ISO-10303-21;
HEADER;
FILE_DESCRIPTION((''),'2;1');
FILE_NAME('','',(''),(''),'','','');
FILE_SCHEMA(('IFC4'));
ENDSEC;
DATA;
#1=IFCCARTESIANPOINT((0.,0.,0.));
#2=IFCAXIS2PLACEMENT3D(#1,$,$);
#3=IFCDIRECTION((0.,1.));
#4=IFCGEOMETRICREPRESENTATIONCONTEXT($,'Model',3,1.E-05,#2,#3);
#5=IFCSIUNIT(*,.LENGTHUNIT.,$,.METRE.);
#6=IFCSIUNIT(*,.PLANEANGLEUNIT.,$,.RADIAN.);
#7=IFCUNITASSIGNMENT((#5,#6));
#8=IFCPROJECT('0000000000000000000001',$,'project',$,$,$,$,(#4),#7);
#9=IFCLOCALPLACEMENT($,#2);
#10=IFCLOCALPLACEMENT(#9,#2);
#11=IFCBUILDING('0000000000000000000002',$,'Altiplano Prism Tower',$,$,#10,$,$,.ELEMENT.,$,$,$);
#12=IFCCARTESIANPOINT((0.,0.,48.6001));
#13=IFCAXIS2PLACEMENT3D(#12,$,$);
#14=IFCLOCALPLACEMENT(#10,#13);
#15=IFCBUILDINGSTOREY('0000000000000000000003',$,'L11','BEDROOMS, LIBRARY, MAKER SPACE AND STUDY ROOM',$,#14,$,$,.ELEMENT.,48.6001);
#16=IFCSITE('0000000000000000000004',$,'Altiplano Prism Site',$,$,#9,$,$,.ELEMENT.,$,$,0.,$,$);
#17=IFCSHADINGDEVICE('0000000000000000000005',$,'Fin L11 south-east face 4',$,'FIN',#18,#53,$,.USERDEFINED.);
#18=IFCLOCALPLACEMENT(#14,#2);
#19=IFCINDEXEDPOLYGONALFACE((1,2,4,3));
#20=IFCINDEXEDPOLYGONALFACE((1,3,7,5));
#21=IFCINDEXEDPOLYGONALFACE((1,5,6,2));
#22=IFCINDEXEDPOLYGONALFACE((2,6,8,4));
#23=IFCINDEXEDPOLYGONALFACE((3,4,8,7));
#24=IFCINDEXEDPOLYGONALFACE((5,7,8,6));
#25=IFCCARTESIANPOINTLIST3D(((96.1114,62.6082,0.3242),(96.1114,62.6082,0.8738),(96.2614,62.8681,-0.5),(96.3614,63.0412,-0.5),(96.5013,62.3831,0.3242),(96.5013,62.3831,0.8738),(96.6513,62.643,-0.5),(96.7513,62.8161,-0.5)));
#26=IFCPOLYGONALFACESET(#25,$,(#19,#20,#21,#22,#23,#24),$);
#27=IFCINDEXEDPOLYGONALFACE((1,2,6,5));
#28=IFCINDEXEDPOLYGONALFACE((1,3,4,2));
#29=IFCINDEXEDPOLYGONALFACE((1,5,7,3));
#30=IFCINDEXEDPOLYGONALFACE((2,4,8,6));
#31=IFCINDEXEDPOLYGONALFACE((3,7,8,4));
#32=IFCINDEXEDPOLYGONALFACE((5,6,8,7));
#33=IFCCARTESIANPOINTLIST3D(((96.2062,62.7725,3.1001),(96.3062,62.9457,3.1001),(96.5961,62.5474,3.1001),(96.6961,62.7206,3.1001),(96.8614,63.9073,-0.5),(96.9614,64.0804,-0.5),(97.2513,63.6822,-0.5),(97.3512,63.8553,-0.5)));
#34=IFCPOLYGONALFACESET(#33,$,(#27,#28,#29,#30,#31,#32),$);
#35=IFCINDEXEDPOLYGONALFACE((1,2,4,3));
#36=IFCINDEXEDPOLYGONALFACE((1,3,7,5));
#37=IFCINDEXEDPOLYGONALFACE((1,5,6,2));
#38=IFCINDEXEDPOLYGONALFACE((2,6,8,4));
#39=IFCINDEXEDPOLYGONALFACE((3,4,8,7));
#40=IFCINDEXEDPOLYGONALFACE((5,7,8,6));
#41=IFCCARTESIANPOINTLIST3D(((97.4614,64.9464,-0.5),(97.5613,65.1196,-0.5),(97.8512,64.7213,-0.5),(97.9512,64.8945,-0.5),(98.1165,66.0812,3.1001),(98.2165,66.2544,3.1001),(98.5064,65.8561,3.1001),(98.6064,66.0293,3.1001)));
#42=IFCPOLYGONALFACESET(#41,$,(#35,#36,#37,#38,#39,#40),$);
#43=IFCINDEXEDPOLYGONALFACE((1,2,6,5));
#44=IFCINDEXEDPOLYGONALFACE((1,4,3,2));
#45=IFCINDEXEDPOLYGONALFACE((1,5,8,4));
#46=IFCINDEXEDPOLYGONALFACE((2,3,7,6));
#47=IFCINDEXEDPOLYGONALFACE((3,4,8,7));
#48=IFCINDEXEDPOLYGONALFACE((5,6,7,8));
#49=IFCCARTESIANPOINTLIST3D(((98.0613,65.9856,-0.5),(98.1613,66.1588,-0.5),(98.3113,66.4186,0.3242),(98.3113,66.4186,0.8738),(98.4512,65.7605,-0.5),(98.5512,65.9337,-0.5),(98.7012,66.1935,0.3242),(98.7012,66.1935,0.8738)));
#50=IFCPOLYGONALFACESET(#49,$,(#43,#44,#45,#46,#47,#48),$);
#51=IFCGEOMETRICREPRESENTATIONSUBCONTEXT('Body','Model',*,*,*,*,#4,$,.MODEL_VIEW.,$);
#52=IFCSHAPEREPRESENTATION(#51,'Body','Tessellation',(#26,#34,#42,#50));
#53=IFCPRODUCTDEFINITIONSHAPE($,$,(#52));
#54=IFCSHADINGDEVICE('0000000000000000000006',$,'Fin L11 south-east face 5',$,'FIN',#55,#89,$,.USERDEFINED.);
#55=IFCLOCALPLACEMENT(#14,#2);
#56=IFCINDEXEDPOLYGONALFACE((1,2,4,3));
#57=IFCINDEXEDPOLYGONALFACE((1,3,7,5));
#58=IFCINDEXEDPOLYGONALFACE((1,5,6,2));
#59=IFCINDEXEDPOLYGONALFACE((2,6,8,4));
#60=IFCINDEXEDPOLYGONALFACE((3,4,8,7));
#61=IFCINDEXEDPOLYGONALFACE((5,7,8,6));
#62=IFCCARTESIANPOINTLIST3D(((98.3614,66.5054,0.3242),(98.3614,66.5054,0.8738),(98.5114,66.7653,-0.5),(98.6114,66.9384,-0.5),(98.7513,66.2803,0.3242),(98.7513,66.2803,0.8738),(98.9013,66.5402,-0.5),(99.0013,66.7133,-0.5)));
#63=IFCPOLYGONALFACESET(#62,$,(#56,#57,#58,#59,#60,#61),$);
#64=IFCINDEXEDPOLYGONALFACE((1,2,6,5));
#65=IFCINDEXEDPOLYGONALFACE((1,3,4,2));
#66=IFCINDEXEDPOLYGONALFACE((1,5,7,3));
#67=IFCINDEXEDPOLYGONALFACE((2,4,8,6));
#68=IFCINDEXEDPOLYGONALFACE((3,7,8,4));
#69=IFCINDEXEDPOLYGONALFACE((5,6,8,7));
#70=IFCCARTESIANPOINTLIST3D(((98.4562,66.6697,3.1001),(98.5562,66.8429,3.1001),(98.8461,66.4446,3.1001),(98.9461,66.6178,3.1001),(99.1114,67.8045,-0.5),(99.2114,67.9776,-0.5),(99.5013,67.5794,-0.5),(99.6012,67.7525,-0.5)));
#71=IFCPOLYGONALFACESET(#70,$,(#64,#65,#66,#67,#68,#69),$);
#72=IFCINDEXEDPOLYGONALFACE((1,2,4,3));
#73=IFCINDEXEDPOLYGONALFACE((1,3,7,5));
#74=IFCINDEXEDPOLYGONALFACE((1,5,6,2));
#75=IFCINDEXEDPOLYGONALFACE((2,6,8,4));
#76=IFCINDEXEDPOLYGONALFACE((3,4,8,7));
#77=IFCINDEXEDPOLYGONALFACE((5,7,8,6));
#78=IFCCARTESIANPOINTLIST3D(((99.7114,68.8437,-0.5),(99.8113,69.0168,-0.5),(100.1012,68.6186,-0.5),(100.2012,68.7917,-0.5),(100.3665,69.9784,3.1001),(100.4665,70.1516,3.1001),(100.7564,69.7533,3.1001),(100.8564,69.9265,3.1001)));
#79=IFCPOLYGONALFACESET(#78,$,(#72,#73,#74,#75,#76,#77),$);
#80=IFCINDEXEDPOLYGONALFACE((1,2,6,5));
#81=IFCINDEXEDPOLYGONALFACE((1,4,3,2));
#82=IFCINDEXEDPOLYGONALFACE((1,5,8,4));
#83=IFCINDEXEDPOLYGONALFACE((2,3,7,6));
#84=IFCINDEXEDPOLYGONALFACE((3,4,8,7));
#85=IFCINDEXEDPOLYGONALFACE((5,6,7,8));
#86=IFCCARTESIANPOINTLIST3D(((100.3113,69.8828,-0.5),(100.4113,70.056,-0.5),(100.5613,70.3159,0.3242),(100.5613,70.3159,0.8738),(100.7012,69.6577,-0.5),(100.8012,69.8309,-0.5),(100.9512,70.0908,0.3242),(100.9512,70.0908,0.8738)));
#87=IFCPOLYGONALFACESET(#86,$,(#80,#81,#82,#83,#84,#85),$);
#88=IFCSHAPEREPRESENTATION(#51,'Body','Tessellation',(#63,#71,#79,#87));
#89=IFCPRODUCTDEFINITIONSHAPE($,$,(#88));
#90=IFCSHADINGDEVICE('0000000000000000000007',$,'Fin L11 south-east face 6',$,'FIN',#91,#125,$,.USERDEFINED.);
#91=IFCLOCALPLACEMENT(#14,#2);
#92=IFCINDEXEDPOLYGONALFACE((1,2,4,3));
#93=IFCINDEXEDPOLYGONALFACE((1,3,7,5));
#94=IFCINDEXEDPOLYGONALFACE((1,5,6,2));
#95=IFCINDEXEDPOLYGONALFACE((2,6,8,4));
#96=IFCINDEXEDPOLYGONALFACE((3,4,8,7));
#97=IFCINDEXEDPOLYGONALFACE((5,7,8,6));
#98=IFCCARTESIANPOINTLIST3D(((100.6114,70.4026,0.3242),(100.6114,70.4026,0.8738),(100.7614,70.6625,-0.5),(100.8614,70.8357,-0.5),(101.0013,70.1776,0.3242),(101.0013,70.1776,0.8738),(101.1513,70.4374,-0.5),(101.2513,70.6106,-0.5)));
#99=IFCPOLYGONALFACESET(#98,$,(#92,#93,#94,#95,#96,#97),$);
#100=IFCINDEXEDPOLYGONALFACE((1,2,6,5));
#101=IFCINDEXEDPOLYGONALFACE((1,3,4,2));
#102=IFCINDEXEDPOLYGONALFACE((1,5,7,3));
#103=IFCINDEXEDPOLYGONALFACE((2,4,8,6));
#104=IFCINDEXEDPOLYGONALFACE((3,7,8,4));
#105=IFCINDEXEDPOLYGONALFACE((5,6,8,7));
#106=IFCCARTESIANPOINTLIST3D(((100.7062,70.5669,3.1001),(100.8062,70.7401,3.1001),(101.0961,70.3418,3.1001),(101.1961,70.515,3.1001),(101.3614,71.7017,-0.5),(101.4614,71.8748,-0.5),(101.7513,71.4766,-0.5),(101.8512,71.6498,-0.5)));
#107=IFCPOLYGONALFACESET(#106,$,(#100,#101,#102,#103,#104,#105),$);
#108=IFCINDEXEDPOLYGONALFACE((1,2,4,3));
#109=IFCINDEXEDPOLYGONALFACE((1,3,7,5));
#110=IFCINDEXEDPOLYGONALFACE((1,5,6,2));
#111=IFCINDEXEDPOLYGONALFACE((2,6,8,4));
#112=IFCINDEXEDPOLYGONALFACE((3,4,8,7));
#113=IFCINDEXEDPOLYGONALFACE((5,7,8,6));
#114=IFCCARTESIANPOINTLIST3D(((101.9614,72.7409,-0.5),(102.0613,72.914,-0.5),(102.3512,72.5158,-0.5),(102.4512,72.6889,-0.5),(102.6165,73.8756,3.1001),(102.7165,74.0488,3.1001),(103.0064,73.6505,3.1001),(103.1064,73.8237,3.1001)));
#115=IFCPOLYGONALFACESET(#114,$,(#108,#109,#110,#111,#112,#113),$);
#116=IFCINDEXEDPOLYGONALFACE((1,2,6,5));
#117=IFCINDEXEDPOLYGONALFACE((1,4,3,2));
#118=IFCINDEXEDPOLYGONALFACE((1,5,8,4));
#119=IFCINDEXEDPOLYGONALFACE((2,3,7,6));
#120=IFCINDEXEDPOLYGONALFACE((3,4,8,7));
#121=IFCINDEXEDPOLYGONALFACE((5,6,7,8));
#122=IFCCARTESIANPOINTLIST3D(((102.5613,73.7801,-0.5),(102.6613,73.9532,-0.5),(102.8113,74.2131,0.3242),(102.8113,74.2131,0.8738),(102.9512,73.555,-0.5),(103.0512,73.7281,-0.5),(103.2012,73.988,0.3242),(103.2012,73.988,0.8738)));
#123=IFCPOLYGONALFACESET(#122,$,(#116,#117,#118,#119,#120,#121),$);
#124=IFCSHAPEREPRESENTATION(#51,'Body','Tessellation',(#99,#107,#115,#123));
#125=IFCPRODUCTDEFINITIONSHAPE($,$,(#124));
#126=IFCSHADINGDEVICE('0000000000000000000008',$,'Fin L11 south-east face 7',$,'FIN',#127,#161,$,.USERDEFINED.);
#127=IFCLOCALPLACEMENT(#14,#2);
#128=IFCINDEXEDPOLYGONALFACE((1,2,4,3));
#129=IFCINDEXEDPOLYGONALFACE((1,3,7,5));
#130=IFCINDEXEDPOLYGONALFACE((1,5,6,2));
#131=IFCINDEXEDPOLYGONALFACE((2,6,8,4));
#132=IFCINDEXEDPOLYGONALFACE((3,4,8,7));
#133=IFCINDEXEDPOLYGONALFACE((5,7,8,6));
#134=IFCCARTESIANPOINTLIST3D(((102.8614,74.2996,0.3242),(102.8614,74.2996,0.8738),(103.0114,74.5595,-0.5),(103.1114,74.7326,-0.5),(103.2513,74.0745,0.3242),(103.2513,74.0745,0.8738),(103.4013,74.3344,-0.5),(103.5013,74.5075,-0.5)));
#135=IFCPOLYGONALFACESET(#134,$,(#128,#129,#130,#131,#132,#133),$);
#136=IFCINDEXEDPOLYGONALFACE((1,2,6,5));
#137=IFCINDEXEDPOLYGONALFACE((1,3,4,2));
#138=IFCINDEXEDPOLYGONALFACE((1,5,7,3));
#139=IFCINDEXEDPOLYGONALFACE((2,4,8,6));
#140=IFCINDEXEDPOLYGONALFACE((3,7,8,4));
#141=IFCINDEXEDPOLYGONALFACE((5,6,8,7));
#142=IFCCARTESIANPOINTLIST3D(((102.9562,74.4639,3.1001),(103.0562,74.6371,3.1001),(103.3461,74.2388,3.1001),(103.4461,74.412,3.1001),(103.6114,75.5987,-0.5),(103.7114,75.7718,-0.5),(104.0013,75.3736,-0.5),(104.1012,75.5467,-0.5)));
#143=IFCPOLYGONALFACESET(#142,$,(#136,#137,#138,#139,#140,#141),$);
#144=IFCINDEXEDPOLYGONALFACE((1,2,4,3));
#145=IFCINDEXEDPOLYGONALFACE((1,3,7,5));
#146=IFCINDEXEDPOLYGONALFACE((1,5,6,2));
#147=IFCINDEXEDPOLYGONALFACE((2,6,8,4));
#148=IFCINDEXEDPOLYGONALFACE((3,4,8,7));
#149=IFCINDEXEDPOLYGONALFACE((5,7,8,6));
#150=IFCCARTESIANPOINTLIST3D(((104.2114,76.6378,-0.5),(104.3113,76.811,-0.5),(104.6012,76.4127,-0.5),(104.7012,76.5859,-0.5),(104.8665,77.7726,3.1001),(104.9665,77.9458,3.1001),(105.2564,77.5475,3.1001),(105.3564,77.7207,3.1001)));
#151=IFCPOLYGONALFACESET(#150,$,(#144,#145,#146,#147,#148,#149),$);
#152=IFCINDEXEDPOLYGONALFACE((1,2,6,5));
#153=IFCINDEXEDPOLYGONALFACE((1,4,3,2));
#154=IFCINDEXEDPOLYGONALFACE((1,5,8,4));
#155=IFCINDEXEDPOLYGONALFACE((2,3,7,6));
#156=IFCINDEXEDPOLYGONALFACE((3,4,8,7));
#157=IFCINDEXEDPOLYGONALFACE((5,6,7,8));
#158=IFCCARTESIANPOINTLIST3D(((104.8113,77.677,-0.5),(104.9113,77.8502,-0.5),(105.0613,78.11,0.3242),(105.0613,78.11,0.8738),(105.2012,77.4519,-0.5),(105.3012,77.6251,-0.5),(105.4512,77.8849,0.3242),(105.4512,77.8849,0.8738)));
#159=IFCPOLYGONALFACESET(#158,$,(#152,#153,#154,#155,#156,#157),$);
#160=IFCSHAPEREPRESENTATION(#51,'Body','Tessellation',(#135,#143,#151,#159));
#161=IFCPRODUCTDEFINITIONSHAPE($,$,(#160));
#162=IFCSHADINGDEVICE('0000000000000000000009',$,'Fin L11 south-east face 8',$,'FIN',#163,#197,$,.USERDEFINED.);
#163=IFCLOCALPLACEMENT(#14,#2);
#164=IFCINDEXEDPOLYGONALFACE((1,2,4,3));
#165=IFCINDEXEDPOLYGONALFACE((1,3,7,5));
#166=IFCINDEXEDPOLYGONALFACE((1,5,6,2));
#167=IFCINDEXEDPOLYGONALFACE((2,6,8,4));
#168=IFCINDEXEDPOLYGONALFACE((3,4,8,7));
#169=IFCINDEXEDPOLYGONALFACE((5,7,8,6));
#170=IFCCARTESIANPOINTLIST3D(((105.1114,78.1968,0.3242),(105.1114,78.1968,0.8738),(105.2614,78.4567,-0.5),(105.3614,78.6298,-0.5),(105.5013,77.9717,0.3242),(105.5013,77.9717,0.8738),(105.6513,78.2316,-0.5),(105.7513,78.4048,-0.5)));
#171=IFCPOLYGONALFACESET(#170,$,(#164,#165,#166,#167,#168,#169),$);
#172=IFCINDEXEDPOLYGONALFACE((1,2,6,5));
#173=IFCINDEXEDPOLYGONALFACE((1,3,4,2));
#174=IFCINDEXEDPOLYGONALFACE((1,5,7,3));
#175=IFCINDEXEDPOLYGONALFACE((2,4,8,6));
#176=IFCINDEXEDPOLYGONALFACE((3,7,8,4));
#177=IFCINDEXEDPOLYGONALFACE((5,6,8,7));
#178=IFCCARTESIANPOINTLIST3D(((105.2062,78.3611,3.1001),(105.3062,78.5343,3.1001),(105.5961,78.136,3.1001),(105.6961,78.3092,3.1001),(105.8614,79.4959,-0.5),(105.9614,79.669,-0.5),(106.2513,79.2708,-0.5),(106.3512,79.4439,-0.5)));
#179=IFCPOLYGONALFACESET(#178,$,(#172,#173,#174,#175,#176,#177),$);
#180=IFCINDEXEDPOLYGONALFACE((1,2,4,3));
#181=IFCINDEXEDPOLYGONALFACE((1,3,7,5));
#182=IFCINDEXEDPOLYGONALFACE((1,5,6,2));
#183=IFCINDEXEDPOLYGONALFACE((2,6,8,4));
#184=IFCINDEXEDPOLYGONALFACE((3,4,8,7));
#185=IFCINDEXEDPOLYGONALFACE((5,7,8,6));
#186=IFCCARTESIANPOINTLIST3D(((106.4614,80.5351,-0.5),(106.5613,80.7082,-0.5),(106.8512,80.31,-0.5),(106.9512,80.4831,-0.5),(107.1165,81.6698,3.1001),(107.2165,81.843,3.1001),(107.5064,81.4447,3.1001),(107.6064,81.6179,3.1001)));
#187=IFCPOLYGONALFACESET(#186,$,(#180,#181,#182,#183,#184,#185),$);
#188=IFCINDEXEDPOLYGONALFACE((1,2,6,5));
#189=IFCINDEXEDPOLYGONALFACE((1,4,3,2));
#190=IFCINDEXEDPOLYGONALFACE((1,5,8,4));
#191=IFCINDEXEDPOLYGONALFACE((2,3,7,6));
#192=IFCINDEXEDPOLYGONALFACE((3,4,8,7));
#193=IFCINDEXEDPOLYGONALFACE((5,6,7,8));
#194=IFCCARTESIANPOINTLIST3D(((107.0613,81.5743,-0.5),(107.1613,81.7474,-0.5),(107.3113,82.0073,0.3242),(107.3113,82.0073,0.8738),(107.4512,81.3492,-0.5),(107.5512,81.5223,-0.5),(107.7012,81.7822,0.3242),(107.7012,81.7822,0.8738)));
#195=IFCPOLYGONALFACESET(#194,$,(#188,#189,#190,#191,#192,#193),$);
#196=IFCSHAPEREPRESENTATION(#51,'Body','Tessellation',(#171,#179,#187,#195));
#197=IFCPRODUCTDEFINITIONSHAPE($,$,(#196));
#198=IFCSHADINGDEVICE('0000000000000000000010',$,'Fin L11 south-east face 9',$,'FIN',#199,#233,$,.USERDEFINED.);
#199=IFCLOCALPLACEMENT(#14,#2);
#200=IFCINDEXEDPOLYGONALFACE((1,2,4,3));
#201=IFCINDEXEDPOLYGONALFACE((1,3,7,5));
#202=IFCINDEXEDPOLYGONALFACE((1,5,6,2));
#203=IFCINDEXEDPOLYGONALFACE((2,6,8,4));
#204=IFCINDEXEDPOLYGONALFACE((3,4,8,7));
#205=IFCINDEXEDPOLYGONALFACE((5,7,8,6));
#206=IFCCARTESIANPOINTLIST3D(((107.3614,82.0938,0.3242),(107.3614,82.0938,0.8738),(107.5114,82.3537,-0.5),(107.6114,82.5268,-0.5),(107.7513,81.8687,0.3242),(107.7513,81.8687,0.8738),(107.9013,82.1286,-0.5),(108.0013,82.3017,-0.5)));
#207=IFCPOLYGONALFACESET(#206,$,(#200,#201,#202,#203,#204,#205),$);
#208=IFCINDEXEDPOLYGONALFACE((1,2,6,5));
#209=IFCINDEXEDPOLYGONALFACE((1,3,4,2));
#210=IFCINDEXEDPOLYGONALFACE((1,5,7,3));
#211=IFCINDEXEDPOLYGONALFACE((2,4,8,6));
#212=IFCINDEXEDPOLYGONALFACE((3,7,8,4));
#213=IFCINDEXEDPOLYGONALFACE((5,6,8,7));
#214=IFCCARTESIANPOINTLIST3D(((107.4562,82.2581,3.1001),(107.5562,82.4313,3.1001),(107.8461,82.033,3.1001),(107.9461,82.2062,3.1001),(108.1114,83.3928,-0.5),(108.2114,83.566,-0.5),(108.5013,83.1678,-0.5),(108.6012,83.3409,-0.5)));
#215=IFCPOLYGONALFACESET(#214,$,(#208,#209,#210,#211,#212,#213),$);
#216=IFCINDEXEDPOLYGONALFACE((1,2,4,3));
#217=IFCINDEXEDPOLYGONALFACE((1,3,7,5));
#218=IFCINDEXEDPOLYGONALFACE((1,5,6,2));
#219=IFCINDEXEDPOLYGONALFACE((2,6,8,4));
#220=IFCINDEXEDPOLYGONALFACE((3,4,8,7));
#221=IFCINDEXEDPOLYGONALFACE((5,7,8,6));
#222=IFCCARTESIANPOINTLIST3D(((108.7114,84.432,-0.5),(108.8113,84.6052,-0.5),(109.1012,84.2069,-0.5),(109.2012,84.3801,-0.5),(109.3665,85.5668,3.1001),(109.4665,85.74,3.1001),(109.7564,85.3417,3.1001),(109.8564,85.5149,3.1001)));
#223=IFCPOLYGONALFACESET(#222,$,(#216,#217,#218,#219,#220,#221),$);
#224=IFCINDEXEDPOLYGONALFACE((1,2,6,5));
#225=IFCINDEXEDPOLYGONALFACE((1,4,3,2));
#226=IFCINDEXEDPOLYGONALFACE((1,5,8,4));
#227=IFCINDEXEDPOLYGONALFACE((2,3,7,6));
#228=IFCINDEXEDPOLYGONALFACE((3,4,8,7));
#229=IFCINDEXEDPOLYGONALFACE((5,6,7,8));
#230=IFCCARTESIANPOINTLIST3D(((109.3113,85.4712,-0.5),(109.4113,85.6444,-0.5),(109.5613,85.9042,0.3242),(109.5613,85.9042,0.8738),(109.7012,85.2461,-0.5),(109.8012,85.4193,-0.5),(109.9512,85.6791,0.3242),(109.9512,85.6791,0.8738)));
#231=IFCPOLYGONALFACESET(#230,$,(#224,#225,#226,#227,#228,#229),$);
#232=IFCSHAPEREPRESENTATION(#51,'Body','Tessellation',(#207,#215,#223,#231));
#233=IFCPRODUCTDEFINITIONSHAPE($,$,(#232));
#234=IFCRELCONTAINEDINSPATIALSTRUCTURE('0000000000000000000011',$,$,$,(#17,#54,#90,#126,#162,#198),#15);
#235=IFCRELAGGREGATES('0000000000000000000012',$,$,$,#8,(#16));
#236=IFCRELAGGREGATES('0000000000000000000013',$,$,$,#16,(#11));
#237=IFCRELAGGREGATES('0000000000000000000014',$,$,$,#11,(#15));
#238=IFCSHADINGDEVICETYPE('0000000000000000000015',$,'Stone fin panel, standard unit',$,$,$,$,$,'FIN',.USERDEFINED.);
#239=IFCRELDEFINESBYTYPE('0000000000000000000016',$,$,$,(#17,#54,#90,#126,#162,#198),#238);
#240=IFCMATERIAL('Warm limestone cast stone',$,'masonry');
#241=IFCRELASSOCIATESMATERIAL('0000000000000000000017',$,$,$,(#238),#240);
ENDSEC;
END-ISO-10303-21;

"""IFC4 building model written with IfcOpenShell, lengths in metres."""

from ifc_helpers import new_model, si_unit, direction, frame, origin, place, context, subcontext, project, spatial, polyline, outline, extrude, source, transform, mapped, material, type_object, element, save


model = new_model("IFC4")

# Units and contexts
model_context = context("Model", 3, precision=1e-05, world=origin(), true_north=direction((0.0, 1.0)))
body_context = subcontext(model_context, "Body", "Model", "MODEL_VIEW")
ifc_project = project(units=[si_unit("LENGTHUNIT", "METRE"), si_unit("PLANEANGLEUNIT", "RADIAN")], contexts=[model_context])

# Site, building, storey
site_placement = place(None, origin())
site = spatial("IfcSite", under=ifc_project, at=site_placement, Name="Altiplano Prism Site", CompositionType="ELEMENT", RefElevation=0.0)
building_placement = place(site_placement, origin())
building = spatial("IfcBuilding", under=site, at=building_placement, Name="Altiplano Prism Tower", CompositionType="ELEMENT")
storey_placement = place(building_placement, frame((0.0, 0.0, 48.6001)))
storey = spatial("IfcBuildingStorey", under=building, at=storey_placement, Name="L11", Description="BEDROOMS, LIBRARY, MAKER SPACE AND STUDY ROOM", CompositionType="ELEMENT", Elevation=48.6001)

# Shading devices
ifc_material_1 = material(Name="Warm limestone cast stone", Category="masonry")
shading_device_type_1 = type_object("IfcShadingDeviceType", Name="Stone fin panel, standard unit", ElementType="FIN", PredefinedType="USERDEFINED", material=ifc_material_1)
shared_shape_1 = source(origin(), body_context, "Body", "SweptSolid", [
    extrude(outline(polyline([(-2.2, 1.3738), (-2.2, 0.8242), (-1.8999, 0.0), (-1.7, 0.0), (-2.2, 1.3738)])), frame((0.0, -0.1499, 0.0), z_axis=(0.0, -1.0, 0.0), x_axis=(1.0, 0.0, 0.0)), (0.0, 0.0, 1.0), 0.4502),
    extrude(outline(polyline([(-2.0103, 3.6001), (-0.7, 0.0), (-0.5, 0.0), (-1.8103, 3.6001), (-2.0103, 3.6001)])), frame((0.0, -0.1499, 0.0), z_axis=(0.0, -1.0, 0.0), x_axis=(1.0, 0.0, 0.0)), (0.0, 0.0, 1.0), 0.4502),
    extrude(outline(polyline([(1.8103, 3.6001), (0.5, 0.0), (0.7, 0.0), (2.0103, 3.6001), (1.8103, 3.6001)])), frame((0.0, -0.1499, 0.0), z_axis=(0.0, -1.0, 0.0), x_axis=(1.0, 0.0, 0.0)), (0.0, 0.0, 1.0), 0.4502),
    extrude(outline(polyline([(2.2, 0.8242), (2.2, 1.3738), (1.7, 0.0), (1.8999, 0.0), (2.2, 0.8242)])), frame((0.0, -0.1499, 0.0), z_axis=(0.0, -1.0, 0.0), x_axis=(1.0, 0.0, 0.0)), (0.0, 0.0, 1.0), 0.4502),
])
shading_device_1_placement = place(storey_placement, origin())
element("IfcShadingDevice", 1, at=shading_device_1_placement, inside=storey, type_object=shading_device_type_1, Name="Fin L11 south-east face 4", ObjectType="FIN", PredefinedType="USERDEFINED", context=body_context, shape_type="MappedRepresentation", body=[
    mapped(shared_shape_1, transform((97.0815, 64.5884, -0.5), x_axis=(0.5, 0.866025, 0.0), y_axis=(-0.866025, 0.5, 0.0), z_axis=(0.0, 0.0, 1.0))),
])
shading_device_2_placement = place(storey_placement, origin())
element("IfcShadingDevice", 2, at=shading_device_2_placement, inside=storey, type_object=shading_device_type_1, Name="Fin L11 south-east face 5", ObjectType="FIN", PredefinedType="USERDEFINED", context=body_context, shape_type="MappedRepresentation", body=[
    mapped(shared_shape_1, transform((99.3315, 68.4856, -0.5), x_axis=(0.5, 0.866025, 0.0), y_axis=(-0.866025, 0.5, 0.0), z_axis=(0.0, 0.0, 1.0))),
])
shading_device_3_placement = place(storey_placement, origin())
element("IfcShadingDevice", 3, at=shading_device_3_placement, inside=storey, type_object=shading_device_type_1, Name="Fin L11 south-east face 6", ObjectType="FIN", PredefinedType="USERDEFINED", context=body_context, shape_type="MappedRepresentation", body=[
    mapped(shared_shape_1, transform((101.5815, 72.3828, -0.5), x_axis=(0.5, 0.866025, 0.0), y_axis=(-0.866025, 0.5, 0.0), z_axis=(0.0, 0.0, 1.0))),
])
shading_device_4_placement = place(storey_placement, origin())
element("IfcShadingDevice", 4, at=shading_device_4_placement, inside=storey, type_object=shading_device_type_1, Name="Fin L11 south-east face 7", ObjectType="FIN", PredefinedType="USERDEFINED", context=body_context, shape_type="MappedRepresentation", body=[
    mapped(shared_shape_1, transform((103.8315, 76.2798, -0.5), x_axis=(0.5, 0.866025, 0.0), y_axis=(-0.866025, 0.5, 0.0), z_axis=(0.0, 0.0, 1.0))),
])
shading_device_5_placement = place(storey_placement, origin())
element("IfcShadingDevice", 5, at=shading_device_5_placement, inside=storey, type_object=shading_device_type_1, Name="Fin L11 south-east face 8", ObjectType="FIN", PredefinedType="USERDEFINED", context=body_context, shape_type="MappedRepresentation", body=[
    mapped(shared_shape_1, transform((106.0815, 80.177, -0.5), x_axis=(0.5, 0.866025, 0.0), y_axis=(-0.866025, 0.5, 0.0), z_axis=(0.0, 0.0, 1.0))),
])
shading_device_6_placement = place(storey_placement, origin())
element("IfcShadingDevice", 6, at=shading_device_6_placement, inside=storey, type_object=shading_device_type_1, Name="Fin L11 south-east face 9", ObjectType="FIN", PredefinedType="USERDEFINED", context=body_context, shape_type="MappedRepresentation", body=[
    mapped(shared_shape_1, transform((108.3315, 84.074, -0.5), x_axis=(0.5, 0.866025, 0.0), y_axis=(-0.866025, 0.5, 0.0), z_axis=(0.0, 0.0, 1.0))),
])

save(model, "model.ifc")
